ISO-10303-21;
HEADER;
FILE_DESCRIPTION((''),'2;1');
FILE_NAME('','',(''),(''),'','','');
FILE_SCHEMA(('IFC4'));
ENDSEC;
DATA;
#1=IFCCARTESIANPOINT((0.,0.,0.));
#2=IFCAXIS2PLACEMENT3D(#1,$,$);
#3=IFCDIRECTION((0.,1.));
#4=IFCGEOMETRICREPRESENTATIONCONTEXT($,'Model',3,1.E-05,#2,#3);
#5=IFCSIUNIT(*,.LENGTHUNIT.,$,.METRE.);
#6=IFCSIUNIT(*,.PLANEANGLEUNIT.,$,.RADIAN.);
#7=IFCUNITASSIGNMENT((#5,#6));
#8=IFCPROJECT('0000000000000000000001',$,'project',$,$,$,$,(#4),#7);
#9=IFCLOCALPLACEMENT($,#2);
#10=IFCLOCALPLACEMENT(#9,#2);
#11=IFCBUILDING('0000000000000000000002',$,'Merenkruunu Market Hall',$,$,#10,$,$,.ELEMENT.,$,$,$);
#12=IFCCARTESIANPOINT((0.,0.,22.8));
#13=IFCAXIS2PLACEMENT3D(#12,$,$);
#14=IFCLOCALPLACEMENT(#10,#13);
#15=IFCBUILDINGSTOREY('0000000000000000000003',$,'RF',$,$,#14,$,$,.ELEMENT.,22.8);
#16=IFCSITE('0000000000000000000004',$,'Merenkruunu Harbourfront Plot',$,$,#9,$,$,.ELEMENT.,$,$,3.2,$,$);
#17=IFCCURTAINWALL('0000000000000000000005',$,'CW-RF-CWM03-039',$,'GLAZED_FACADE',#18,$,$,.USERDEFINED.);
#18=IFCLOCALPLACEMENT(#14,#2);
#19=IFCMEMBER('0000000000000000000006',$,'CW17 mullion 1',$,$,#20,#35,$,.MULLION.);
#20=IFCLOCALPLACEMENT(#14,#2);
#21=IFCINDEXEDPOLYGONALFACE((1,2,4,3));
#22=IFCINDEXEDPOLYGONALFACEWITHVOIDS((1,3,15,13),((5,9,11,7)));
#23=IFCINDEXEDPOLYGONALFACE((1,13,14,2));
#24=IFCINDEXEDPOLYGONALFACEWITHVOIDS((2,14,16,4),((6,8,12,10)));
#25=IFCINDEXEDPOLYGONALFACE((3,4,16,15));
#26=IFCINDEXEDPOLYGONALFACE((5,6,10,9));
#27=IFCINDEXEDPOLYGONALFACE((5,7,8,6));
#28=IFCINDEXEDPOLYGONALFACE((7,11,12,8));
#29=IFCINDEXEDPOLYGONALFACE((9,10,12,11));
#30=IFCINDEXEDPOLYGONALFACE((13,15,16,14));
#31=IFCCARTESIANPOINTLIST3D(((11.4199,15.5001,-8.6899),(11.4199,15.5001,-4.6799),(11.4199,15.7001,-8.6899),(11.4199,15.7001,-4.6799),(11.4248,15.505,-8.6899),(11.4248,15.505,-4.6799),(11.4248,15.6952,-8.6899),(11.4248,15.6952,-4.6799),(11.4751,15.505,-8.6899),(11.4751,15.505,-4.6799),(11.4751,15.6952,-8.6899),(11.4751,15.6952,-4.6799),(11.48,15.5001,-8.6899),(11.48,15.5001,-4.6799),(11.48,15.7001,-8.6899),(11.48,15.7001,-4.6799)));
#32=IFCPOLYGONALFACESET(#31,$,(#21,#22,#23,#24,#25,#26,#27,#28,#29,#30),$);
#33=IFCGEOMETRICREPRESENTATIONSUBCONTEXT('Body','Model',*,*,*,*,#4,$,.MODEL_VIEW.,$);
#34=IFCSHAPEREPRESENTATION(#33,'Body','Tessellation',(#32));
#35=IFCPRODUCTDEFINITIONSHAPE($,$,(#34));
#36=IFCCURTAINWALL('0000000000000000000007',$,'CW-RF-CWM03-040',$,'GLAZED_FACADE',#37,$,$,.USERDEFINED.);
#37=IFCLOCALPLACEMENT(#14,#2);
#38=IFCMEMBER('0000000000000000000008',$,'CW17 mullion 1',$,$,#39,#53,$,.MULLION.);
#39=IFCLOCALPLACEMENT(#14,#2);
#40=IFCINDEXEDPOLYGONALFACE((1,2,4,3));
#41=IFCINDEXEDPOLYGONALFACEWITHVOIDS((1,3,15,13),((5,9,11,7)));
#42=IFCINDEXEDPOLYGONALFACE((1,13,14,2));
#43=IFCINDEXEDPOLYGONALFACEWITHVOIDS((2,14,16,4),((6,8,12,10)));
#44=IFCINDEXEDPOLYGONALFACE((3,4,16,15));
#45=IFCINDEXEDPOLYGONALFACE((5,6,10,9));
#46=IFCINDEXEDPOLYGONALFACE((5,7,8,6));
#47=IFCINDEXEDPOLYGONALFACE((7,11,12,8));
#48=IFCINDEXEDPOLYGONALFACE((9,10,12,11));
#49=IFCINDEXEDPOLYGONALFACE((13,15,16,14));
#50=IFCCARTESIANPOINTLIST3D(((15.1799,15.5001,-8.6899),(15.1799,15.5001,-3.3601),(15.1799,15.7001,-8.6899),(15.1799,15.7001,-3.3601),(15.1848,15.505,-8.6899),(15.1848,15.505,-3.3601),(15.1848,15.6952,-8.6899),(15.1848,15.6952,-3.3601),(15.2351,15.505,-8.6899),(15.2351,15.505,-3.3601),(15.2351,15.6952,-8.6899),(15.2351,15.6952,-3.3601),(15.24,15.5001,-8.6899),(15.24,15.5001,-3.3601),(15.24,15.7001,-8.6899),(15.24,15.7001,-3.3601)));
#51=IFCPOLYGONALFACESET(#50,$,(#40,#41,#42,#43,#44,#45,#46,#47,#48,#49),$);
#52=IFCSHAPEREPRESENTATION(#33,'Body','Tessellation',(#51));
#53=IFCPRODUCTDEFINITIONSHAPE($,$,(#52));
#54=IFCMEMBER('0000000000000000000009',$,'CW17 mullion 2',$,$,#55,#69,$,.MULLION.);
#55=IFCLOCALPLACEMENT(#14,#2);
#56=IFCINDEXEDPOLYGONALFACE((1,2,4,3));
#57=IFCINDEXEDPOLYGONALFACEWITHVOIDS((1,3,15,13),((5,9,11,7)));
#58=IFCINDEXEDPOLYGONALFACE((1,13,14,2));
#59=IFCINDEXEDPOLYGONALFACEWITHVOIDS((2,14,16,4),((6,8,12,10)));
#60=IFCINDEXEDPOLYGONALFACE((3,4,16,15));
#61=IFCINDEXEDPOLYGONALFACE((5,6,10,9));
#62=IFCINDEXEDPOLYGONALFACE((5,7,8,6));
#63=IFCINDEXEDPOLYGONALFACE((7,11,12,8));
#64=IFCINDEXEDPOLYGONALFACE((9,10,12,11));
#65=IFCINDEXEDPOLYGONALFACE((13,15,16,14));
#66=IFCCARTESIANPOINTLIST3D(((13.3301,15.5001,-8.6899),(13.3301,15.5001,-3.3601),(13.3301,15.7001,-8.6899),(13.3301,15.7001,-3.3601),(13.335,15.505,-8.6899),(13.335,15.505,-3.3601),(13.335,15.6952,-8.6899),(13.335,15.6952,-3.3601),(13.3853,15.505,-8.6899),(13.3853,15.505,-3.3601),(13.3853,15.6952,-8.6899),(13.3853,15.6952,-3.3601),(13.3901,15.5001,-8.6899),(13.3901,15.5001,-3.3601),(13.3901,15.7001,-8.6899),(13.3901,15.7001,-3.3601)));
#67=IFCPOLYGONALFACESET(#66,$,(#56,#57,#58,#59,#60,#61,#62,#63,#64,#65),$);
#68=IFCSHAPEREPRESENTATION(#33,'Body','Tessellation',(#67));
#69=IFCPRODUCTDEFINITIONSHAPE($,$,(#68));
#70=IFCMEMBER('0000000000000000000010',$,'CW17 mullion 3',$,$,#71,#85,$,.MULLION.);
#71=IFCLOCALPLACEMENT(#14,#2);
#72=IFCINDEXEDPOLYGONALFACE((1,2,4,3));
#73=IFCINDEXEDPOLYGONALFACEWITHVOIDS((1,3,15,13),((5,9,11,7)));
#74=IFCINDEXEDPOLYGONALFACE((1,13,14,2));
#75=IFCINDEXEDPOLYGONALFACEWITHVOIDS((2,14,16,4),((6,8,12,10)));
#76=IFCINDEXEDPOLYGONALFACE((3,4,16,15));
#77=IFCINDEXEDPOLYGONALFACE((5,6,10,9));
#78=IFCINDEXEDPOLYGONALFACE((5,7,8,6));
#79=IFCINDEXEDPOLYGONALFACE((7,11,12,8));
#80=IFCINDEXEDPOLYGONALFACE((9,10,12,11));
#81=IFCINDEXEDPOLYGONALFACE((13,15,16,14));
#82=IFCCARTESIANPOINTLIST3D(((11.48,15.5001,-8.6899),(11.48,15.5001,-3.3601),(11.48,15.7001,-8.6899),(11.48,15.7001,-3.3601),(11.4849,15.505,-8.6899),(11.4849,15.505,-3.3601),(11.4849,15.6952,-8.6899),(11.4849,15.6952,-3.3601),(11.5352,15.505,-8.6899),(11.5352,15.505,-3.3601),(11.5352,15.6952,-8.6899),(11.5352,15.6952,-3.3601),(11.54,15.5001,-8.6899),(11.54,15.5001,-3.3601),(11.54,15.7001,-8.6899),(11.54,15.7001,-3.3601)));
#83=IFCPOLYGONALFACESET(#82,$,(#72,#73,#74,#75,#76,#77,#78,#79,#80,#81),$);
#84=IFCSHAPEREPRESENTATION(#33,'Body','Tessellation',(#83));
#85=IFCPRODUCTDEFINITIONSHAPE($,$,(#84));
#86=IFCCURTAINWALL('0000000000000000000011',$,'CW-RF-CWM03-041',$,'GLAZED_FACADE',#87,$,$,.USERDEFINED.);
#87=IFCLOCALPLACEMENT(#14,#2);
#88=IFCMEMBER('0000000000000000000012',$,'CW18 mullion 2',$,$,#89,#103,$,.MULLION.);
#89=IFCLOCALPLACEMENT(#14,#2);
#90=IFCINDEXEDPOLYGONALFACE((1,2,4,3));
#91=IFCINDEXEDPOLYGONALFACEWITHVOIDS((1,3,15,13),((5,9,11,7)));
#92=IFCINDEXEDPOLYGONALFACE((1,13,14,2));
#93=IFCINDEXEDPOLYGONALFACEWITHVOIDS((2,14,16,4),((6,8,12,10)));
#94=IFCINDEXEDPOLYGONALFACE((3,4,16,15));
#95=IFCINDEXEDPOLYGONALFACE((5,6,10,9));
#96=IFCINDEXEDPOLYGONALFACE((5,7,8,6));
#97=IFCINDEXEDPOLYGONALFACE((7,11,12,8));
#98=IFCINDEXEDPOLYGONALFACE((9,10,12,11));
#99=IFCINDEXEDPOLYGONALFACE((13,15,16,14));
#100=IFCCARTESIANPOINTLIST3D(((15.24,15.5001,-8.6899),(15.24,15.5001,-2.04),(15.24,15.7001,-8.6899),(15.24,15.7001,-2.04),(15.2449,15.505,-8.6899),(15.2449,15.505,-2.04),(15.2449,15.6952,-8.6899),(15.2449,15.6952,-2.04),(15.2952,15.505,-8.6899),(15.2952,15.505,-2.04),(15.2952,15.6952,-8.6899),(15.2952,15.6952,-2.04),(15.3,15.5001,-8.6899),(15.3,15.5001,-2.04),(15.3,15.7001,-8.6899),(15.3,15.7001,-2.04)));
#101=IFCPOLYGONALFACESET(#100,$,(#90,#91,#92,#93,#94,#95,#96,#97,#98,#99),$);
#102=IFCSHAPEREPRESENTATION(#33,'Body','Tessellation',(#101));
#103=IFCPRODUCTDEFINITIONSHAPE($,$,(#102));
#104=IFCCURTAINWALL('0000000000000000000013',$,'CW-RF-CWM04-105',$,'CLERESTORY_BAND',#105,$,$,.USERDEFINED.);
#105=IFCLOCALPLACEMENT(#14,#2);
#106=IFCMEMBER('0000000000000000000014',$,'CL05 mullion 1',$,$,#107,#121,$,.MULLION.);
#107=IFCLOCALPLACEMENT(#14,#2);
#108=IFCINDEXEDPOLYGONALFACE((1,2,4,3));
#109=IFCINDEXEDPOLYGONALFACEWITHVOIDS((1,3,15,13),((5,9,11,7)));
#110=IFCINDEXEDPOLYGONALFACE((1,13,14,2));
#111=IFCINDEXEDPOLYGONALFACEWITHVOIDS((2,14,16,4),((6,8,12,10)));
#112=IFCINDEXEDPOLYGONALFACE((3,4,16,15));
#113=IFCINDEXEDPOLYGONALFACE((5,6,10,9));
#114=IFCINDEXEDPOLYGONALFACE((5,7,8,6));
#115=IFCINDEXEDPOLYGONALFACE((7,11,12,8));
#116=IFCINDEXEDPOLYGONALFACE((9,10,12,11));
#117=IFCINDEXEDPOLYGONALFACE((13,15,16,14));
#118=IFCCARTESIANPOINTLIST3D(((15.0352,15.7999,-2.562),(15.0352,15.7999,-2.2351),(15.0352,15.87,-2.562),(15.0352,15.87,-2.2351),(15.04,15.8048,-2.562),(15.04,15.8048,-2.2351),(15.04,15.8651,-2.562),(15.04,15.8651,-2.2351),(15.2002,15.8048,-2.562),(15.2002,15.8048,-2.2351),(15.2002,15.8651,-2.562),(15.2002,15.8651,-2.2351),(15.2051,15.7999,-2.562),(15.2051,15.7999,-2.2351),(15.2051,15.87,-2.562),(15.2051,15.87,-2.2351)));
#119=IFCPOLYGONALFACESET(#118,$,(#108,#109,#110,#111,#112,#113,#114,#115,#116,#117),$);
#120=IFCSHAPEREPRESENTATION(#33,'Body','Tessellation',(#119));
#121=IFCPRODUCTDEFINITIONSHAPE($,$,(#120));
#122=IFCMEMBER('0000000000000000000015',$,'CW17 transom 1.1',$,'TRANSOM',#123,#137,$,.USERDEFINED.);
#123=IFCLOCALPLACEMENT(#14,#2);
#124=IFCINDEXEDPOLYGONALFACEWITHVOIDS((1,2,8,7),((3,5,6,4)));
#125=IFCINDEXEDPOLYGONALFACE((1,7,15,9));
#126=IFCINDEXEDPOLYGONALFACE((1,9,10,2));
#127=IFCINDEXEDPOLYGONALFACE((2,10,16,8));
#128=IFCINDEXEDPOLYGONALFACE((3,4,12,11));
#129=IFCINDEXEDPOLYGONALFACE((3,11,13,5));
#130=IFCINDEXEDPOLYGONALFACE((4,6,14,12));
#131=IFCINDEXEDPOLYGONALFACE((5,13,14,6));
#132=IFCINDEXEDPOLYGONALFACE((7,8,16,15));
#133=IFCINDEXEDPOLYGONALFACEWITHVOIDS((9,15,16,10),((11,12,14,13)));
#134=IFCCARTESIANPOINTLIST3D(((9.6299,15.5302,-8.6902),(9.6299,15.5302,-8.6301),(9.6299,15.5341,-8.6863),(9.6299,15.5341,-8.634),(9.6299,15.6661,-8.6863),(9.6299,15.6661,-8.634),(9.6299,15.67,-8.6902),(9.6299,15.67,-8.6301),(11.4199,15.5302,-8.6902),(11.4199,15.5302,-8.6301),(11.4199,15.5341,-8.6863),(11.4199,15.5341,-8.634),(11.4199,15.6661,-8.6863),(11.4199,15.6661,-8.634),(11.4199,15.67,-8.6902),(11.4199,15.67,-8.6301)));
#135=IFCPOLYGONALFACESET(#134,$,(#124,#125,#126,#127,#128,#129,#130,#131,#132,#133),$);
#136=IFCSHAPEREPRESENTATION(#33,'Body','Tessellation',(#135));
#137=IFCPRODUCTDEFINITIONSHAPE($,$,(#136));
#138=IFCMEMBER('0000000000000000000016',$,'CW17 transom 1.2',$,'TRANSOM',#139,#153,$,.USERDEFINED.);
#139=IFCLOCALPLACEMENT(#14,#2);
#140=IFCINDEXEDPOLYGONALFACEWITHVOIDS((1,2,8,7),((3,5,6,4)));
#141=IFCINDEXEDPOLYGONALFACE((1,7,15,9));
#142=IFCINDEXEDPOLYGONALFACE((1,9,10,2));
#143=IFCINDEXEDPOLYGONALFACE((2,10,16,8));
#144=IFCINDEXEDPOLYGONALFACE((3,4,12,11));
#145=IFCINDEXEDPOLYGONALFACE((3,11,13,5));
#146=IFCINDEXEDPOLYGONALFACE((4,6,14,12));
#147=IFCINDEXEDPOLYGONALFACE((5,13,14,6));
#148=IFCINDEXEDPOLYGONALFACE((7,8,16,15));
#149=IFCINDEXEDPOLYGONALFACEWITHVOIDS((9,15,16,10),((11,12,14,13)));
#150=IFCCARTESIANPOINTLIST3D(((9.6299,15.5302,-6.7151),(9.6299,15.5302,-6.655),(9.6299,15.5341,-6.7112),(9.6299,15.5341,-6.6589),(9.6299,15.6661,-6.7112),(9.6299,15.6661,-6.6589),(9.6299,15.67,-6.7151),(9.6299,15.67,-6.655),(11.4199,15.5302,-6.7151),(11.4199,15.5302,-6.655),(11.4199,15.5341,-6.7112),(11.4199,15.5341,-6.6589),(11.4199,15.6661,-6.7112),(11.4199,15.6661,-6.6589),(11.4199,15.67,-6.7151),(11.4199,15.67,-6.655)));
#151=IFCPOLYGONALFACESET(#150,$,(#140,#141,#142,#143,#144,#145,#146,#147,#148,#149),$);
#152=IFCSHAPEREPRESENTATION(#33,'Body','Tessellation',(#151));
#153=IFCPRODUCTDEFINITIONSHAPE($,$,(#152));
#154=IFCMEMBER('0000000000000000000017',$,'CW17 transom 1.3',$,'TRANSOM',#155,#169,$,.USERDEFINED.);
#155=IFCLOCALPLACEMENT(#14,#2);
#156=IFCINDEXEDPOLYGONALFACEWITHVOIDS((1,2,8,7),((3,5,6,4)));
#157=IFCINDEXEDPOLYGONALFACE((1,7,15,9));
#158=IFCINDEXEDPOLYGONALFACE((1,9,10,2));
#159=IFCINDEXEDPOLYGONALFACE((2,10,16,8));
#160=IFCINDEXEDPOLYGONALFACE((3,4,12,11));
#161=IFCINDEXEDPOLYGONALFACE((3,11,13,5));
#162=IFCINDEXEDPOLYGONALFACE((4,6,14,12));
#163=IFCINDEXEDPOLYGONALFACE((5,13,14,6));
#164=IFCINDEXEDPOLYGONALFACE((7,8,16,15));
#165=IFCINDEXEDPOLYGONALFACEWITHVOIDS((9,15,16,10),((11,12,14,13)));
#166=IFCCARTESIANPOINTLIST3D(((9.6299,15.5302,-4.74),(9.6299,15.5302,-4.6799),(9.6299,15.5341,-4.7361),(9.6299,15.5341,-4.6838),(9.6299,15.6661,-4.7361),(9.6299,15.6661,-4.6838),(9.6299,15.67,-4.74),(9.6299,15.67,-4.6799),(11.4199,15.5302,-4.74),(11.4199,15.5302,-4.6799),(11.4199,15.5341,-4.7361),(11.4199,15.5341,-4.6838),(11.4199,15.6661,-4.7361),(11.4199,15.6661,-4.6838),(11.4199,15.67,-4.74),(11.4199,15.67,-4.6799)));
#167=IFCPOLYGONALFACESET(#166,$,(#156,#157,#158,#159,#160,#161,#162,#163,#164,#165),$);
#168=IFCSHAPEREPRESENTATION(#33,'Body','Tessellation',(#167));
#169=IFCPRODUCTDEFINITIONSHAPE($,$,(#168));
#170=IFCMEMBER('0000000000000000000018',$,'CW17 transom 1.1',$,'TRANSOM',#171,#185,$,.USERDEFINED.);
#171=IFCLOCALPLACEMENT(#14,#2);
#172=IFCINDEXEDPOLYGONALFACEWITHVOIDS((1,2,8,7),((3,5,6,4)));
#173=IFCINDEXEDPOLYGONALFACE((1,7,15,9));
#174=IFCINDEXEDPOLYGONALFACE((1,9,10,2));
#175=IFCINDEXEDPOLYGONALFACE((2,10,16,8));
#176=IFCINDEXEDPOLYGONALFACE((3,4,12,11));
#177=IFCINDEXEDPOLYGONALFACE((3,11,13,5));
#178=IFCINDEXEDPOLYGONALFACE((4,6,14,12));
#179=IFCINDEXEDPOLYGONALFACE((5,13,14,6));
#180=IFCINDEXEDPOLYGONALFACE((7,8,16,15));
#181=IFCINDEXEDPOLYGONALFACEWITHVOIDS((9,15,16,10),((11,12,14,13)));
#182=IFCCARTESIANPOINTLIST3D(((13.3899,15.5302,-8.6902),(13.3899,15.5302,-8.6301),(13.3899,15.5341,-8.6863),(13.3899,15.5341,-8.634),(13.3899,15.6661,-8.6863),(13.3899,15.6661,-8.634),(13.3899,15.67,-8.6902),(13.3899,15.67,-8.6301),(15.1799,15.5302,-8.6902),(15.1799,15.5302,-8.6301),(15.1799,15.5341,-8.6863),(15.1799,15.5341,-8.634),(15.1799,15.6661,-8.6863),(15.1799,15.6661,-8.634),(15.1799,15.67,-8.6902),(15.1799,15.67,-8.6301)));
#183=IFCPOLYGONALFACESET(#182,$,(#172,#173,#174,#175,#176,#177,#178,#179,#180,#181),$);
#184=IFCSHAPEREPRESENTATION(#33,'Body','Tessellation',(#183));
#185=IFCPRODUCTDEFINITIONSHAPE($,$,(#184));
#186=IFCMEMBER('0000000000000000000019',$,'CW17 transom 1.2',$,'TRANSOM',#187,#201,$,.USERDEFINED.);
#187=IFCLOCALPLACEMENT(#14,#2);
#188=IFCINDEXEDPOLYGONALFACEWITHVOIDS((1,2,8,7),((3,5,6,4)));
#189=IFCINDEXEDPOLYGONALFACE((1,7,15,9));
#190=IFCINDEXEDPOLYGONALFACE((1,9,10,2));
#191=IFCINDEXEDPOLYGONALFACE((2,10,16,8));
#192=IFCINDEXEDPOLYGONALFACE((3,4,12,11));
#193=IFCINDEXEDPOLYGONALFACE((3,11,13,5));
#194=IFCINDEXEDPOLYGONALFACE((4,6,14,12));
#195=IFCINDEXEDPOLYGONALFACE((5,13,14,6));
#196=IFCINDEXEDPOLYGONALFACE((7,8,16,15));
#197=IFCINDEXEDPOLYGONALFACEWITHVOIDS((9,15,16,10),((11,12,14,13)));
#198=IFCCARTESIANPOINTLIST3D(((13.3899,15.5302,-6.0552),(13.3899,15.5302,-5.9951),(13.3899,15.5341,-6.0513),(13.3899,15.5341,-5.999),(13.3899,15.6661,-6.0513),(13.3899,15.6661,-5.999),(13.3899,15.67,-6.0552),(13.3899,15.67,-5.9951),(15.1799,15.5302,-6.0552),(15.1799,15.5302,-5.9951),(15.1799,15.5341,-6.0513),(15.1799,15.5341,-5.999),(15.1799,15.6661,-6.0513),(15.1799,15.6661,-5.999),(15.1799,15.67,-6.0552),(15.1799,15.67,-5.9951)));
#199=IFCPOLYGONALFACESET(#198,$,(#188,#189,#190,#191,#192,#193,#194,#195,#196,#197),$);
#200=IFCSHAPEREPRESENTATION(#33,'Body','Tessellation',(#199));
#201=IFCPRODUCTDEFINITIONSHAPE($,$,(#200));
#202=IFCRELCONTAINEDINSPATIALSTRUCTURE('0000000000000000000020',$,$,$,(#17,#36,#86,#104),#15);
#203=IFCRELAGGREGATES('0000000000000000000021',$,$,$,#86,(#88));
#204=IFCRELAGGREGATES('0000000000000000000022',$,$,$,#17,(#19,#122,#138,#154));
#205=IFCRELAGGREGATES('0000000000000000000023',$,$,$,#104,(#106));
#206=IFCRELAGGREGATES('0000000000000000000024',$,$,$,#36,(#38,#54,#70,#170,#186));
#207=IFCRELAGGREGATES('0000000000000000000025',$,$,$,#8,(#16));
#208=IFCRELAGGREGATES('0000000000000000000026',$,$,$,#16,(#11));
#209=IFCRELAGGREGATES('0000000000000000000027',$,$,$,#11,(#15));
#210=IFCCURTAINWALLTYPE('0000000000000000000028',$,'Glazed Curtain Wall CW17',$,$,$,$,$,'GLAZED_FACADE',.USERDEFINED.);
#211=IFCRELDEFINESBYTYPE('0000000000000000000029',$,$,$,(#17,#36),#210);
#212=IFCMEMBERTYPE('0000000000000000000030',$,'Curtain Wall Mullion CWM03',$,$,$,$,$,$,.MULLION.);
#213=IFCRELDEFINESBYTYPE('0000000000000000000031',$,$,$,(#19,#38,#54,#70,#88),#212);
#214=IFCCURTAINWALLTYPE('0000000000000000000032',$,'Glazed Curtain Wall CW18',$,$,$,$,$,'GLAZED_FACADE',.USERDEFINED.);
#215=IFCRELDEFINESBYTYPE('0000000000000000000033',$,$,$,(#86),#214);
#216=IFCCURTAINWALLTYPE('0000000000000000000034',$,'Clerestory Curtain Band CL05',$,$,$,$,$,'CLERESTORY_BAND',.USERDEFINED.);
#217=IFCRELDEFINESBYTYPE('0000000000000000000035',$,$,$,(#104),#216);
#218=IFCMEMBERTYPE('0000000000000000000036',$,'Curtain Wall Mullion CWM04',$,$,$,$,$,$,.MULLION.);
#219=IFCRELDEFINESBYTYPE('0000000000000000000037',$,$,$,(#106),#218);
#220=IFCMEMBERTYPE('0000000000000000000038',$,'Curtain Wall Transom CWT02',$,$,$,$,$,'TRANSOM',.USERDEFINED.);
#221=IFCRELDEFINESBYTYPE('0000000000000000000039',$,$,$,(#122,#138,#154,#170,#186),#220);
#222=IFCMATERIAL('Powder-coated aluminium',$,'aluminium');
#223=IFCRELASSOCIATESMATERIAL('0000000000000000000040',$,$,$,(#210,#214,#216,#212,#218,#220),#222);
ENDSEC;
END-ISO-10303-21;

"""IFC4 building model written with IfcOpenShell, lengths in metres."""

from ifc_helpers import new_model, si_unit, direction, frame, origin, origin_2d, place, context, subcontext, project, spatial, hollow_rectangle, extrude, material, material_profile, profile_set, type_object, element, aggregate, save


model = new_model("IFC4")

# Units and contexts
model_context = context("Model", 3, precision=1e-05, world=origin(), true_north=direction((0.0, 1.0)))
body_context = subcontext(model_context, "Body", "Model", "MODEL_VIEW")
ifc_project = project(units=[si_unit("LENGTHUNIT", "METRE"), si_unit("PLANEANGLEUNIT", "RADIAN")], contexts=[model_context])

# Site, building, storey
site_placement = place(None, origin())
site = spatial("IfcSite", under=ifc_project, at=site_placement, Name="Merenkruunu Harbourfront Plot", CompositionType="ELEMENT", RefElevation=3.2)
building_placement = place(site_placement, origin())
building = spatial("IfcBuilding", under=site, at=building_placement, Name="Merenkruunu Market Hall", CompositionType="ELEMENT")
storey_placement = place(building_placement, frame((0.0, 0.0, 22.8)))
storey = spatial("IfcBuildingStorey", under=building, at=storey_placement, Name="RF", CompositionType="ELEMENT", Elevation=22.8)

# Curtain wall, member
ifc_material_1 = material(Name="Powder-coated aluminium", Category="aluminium")
curtain_wall_type_1 = type_object("IfcCurtainWallType", Name="Glazed Curtain Wall CW17", ElementType="GLAZED_FACADE", PredefinedType="USERDEFINED", material=ifc_material_1)
curtain_wall_1_placement = place(storey_placement, origin())
curtain_wall_1 = element("IfcCurtainWall", 1, at=curtain_wall_1_placement, inside=storey, type_object=curtain_wall_type_1, Name="CW-RF-CWM03-039", ObjectType="GLAZED_FACADE", PredefinedType="USERDEFINED")
ifc_material_profile_1 = material_profile(ifc_material_1, hollow_rectangle(XDim=0.0601, YDim=0.2, WallThickness=0.0049, at=origin_2d()), Name="ALU 60x200x5")
ifc_profile_set_1 = profile_set([ifc_material_profile_1], Name="Powder-coated aluminium")
member_type_1 = type_object("IfcMemberType", Name="Curtain Wall Mullion CWM03", PredefinedType="MULLION", material=ifc_profile_set_1)
member_1_placement = place(storey_placement, frame((11.45, 15.6001, -8.6899), z_axis=(0.0, 0.0, 1.0), x_axis=(-1.0, 0.0, 0.0)))
member_1 = element("IfcMember", 2, at=member_1_placement, type_object=member_type_1, Name="CW17 mullion 1", PredefinedType="MULLION", context=body_context, shape_type="SweptSolid", body=[
    extrude(hollow_rectangle(XDim=0.0601, YDim=0.2, WallThickness=0.0049, at=origin_2d()), origin(), (0.0, 0.0, 1.0), 4.01),
])

# Curtain wall, members
curtain_wall_2_placement = place(storey_placement, origin())
curtain_wall_2 = element("IfcCurtainWall", 3, at=curtain_wall_2_placement, inside=storey, type_object=curtain_wall_type_1, Name="CW-RF-CWM03-040", ObjectType="GLAZED_FACADE", PredefinedType="USERDEFINED")
member_2_placement = place(storey_placement, frame((15.21, 15.6001, -8.6899), z_axis=(0.0, 0.0, 1.0), x_axis=(-1.0, 0.0, 0.0)))
member_2 = element("IfcMember", 4, at=member_2_placement, type_object=member_type_1, Name="CW17 mullion 1", PredefinedType="MULLION", context=body_context, shape_type="SweptSolid", body=[
    extrude(hollow_rectangle(XDim=0.0601, YDim=0.2, WallThickness=0.0049, at=origin_2d()), origin(), (0.0, 0.0, 1.0), 5.3298),
])
member_3_placement = place(storey_placement, frame((13.3601, 15.6001, -8.6899), z_axis=(0.0, 0.0, 1.0), x_axis=(-1.0, 0.0, 0.0)))
member_3 = element("IfcMember", 5, at=member_3_placement, type_object=member_type_1, Name="CW17 mullion 2", PredefinedType="MULLION", context=body_context, shape_type="SweptSolid", body=[
    extrude(hollow_rectangle(XDim=0.0601, YDim=0.2, WallThickness=0.0049, at=origin_2d()), origin(), (0.0, 0.0, 1.0), 5.3298),
])
member_4_placement = place(storey_placement, frame((11.51, 15.6001, -8.6899), z_axis=(0.0, 0.0, 1.0), x_axis=(-1.0, 0.0, 0.0)))
member_4 = element("IfcMember", 6, at=member_4_placement, type_object=member_type_1, Name="CW17 mullion 3", PredefinedType="MULLION", context=body_context, shape_type="SweptSolid", body=[
    extrude(hollow_rectangle(XDim=0.0601, YDim=0.2, WallThickness=0.0049, at=origin_2d()), origin(), (0.0, 0.0, 1.0), 5.3298),
])

# Curtain walls, members
curtain_wall_type_2 = type_object("IfcCurtainWallType", Name="Glazed Curtain Wall CW18", ElementType="GLAZED_FACADE", PredefinedType="USERDEFINED", material=ifc_material_1)
curtain_wall_3_placement = place(storey_placement, origin())
curtain_wall_3 = element("IfcCurtainWall", 7, at=curtain_wall_3_placement, inside=storey, type_object=curtain_wall_type_2, Name="CW-RF-CWM03-041", ObjectType="GLAZED_FACADE", PredefinedType="USERDEFINED")
member_5_placement = place(storey_placement, frame((15.27, 15.6001, -8.6899), z_axis=(0.0, 0.0, 1.0), x_axis=(-1.0, 0.0, 0.0)))
member_5 = element("IfcMember", 8, at=member_5_placement, type_object=member_type_1, Name="CW18 mullion 2", PredefinedType="MULLION", context=body_context, shape_type="SweptSolid", body=[
    extrude(hollow_rectangle(XDim=0.0601, YDim=0.2, WallThickness=0.0049, at=origin_2d()), origin(), (0.0, 0.0, 1.0), 6.6499),
])
aggregate(curtain_wall_3, [member_5])
curtain_wall_type_3 = type_object("IfcCurtainWallType", Name="Clerestory Curtain Band CL05", ElementType="CLERESTORY_BAND", PredefinedType="USERDEFINED", material=ifc_material_1)
curtain_wall_4_placement = place(storey_placement, origin())
curtain_wall_4 = element("IfcCurtainWall", 9, at=curtain_wall_4_placement, inside=storey, type_object=curtain_wall_type_3, Name="CW-RF-CWM04-105", ObjectType="CLERESTORY_BAND", PredefinedType="USERDEFINED")
ifc_material_profile_2 = material_profile(ifc_material_1, hollow_rectangle(XDim=0.0701, YDim=0.1699, WallThickness=0.0049, at=origin_2d()), Name="ALU 70x170x5")
ifc_profile_set_2 = profile_set([ifc_material_profile_2], Name="Powder-coated aluminium")
member_type_2 = type_object("IfcMemberType", Name="Curtain Wall Mullion CWM04", PredefinedType="MULLION", material=ifc_profile_set_2)
member_6_placement = place(storey_placement, frame((15.1201, 15.835, -2.562), z_axis=(0.0, 0.0, 1.0), x_axis=(0.0, 1.0, 0.0)))
member_6 = element("IfcMember", 10, at=member_6_placement, type_object=member_type_2, Name="CL05 mullion 1", PredefinedType="MULLION", context=body_context, shape_type="SweptSolid", body=[
    extrude(hollow_rectangle(XDim=0.0701, YDim=0.1699, WallThickness=0.0049, at=origin_2d()), origin(), (0.0, 0.0, 1.0), 0.3269),
])

# Members
ifc_material_profile_3 = material_profile(ifc_material_1, hollow_rectangle(XDim=0.0601, YDim=0.1399, WallThickness=0.0039, at=origin_2d()), Name="ALU 60x140x4")
ifc_profile_set_3 = profile_set([ifc_material_profile_3], Name="Powder-coated aluminium")
member_type_3 = type_object("IfcMemberType", Name="Curtain Wall Transom CWT02", ElementType="TRANSOM", PredefinedType="USERDEFINED", material=ifc_profile_set_3)
member_7_placement = place(storey_placement, frame((11.4199, 15.6001, -8.6602), z_axis=(-1.0, 0.0, 0.0), x_axis=(0.0, 0.0, 1.0)))
member_7 = element("IfcMember", 11, at=member_7_placement, type_object=member_type_3, Name="CW17 transom 1.1", ObjectType="TRANSOM", PredefinedType="USERDEFINED", context=body_context, shape_type="SweptSolid", body=[
    extrude(hollow_rectangle(XDim=0.0601, YDim=0.1399, WallThickness=0.0039, at=origin_2d()), origin(), (0.0, 0.0, 1.0), 1.79),
])
member_8_placement = place(storey_placement, frame((11.4199, 15.6001, -6.6851), z_axis=(-1.0, 0.0, 0.0), x_axis=(0.0, 0.0, 1.0)))
member_8 = element("IfcMember", 12, at=member_8_placement, type_object=member_type_3, Name="CW17 transom 1.2", ObjectType="TRANSOM", PredefinedType="USERDEFINED", context=body_context, shape_type="SweptSolid", body=[
    extrude(hollow_rectangle(XDim=0.0601, YDim=0.1399, WallThickness=0.0039, at=origin_2d()), origin(), (0.0, 0.0, 1.0), 1.79),
])
member_9_placement = place(storey_placement, frame((11.4199, 15.6001, -4.71), z_axis=(-1.0, 0.0, 0.0), x_axis=(0.0, 0.0, 1.0)))
member_9 = element("IfcMember", 13, at=member_9_placement, type_object=member_type_3, Name="CW17 transom 1.3", ObjectType="TRANSOM", PredefinedType="USERDEFINED", context=body_context, shape_type="SweptSolid", body=[
    extrude(hollow_rectangle(XDim=0.0601, YDim=0.1399, WallThickness=0.0039, at=origin_2d()), origin(), (0.0, 0.0, 1.0), 1.79),
])
aggregate(curtain_wall_1, [member_1, member_7, member_8, member_9])
member_10_placement = place(storey_placement, frame((15.1799, 15.6001, -8.6602), z_axis=(-1.0, 0.0, 0.0), x_axis=(0.0, 0.0, 1.0)))
member_10 = element("IfcMember", 14, at=member_10_placement, type_object=member_type_3, Name="CW17 transom 1.1", ObjectType="TRANSOM", PredefinedType="USERDEFINED", context=body_context, shape_type="SweptSolid", body=[
    extrude(hollow_rectangle(XDim=0.0601, YDim=0.1399, WallThickness=0.0039, at=origin_2d()), origin(), (0.0, 0.0, 1.0), 1.79),
])
member_11_placement = place(storey_placement, frame((15.1799, 15.6001, -6.0251), z_axis=(-1.0, 0.0, 0.0), x_axis=(0.0, 0.0, 1.0)))
member_11 = element("IfcMember", 15, at=member_11_placement, type_object=member_type_3, Name="CW17 transom 1.2", ObjectType="TRANSOM", PredefinedType="USERDEFINED", context=body_context, shape_type="SweptSolid", body=[
    extrude(hollow_rectangle(XDim=0.0601, YDim=0.1399, WallThickness=0.0039, at=origin_2d()), origin(), (0.0, 0.0, 1.0), 1.79),
])

aggregate(curtain_wall_4, [member_6])

aggregate(curtain_wall_2, [member_2, member_3, member_4, member_10, member_11])

save(model, "model.ifc")
